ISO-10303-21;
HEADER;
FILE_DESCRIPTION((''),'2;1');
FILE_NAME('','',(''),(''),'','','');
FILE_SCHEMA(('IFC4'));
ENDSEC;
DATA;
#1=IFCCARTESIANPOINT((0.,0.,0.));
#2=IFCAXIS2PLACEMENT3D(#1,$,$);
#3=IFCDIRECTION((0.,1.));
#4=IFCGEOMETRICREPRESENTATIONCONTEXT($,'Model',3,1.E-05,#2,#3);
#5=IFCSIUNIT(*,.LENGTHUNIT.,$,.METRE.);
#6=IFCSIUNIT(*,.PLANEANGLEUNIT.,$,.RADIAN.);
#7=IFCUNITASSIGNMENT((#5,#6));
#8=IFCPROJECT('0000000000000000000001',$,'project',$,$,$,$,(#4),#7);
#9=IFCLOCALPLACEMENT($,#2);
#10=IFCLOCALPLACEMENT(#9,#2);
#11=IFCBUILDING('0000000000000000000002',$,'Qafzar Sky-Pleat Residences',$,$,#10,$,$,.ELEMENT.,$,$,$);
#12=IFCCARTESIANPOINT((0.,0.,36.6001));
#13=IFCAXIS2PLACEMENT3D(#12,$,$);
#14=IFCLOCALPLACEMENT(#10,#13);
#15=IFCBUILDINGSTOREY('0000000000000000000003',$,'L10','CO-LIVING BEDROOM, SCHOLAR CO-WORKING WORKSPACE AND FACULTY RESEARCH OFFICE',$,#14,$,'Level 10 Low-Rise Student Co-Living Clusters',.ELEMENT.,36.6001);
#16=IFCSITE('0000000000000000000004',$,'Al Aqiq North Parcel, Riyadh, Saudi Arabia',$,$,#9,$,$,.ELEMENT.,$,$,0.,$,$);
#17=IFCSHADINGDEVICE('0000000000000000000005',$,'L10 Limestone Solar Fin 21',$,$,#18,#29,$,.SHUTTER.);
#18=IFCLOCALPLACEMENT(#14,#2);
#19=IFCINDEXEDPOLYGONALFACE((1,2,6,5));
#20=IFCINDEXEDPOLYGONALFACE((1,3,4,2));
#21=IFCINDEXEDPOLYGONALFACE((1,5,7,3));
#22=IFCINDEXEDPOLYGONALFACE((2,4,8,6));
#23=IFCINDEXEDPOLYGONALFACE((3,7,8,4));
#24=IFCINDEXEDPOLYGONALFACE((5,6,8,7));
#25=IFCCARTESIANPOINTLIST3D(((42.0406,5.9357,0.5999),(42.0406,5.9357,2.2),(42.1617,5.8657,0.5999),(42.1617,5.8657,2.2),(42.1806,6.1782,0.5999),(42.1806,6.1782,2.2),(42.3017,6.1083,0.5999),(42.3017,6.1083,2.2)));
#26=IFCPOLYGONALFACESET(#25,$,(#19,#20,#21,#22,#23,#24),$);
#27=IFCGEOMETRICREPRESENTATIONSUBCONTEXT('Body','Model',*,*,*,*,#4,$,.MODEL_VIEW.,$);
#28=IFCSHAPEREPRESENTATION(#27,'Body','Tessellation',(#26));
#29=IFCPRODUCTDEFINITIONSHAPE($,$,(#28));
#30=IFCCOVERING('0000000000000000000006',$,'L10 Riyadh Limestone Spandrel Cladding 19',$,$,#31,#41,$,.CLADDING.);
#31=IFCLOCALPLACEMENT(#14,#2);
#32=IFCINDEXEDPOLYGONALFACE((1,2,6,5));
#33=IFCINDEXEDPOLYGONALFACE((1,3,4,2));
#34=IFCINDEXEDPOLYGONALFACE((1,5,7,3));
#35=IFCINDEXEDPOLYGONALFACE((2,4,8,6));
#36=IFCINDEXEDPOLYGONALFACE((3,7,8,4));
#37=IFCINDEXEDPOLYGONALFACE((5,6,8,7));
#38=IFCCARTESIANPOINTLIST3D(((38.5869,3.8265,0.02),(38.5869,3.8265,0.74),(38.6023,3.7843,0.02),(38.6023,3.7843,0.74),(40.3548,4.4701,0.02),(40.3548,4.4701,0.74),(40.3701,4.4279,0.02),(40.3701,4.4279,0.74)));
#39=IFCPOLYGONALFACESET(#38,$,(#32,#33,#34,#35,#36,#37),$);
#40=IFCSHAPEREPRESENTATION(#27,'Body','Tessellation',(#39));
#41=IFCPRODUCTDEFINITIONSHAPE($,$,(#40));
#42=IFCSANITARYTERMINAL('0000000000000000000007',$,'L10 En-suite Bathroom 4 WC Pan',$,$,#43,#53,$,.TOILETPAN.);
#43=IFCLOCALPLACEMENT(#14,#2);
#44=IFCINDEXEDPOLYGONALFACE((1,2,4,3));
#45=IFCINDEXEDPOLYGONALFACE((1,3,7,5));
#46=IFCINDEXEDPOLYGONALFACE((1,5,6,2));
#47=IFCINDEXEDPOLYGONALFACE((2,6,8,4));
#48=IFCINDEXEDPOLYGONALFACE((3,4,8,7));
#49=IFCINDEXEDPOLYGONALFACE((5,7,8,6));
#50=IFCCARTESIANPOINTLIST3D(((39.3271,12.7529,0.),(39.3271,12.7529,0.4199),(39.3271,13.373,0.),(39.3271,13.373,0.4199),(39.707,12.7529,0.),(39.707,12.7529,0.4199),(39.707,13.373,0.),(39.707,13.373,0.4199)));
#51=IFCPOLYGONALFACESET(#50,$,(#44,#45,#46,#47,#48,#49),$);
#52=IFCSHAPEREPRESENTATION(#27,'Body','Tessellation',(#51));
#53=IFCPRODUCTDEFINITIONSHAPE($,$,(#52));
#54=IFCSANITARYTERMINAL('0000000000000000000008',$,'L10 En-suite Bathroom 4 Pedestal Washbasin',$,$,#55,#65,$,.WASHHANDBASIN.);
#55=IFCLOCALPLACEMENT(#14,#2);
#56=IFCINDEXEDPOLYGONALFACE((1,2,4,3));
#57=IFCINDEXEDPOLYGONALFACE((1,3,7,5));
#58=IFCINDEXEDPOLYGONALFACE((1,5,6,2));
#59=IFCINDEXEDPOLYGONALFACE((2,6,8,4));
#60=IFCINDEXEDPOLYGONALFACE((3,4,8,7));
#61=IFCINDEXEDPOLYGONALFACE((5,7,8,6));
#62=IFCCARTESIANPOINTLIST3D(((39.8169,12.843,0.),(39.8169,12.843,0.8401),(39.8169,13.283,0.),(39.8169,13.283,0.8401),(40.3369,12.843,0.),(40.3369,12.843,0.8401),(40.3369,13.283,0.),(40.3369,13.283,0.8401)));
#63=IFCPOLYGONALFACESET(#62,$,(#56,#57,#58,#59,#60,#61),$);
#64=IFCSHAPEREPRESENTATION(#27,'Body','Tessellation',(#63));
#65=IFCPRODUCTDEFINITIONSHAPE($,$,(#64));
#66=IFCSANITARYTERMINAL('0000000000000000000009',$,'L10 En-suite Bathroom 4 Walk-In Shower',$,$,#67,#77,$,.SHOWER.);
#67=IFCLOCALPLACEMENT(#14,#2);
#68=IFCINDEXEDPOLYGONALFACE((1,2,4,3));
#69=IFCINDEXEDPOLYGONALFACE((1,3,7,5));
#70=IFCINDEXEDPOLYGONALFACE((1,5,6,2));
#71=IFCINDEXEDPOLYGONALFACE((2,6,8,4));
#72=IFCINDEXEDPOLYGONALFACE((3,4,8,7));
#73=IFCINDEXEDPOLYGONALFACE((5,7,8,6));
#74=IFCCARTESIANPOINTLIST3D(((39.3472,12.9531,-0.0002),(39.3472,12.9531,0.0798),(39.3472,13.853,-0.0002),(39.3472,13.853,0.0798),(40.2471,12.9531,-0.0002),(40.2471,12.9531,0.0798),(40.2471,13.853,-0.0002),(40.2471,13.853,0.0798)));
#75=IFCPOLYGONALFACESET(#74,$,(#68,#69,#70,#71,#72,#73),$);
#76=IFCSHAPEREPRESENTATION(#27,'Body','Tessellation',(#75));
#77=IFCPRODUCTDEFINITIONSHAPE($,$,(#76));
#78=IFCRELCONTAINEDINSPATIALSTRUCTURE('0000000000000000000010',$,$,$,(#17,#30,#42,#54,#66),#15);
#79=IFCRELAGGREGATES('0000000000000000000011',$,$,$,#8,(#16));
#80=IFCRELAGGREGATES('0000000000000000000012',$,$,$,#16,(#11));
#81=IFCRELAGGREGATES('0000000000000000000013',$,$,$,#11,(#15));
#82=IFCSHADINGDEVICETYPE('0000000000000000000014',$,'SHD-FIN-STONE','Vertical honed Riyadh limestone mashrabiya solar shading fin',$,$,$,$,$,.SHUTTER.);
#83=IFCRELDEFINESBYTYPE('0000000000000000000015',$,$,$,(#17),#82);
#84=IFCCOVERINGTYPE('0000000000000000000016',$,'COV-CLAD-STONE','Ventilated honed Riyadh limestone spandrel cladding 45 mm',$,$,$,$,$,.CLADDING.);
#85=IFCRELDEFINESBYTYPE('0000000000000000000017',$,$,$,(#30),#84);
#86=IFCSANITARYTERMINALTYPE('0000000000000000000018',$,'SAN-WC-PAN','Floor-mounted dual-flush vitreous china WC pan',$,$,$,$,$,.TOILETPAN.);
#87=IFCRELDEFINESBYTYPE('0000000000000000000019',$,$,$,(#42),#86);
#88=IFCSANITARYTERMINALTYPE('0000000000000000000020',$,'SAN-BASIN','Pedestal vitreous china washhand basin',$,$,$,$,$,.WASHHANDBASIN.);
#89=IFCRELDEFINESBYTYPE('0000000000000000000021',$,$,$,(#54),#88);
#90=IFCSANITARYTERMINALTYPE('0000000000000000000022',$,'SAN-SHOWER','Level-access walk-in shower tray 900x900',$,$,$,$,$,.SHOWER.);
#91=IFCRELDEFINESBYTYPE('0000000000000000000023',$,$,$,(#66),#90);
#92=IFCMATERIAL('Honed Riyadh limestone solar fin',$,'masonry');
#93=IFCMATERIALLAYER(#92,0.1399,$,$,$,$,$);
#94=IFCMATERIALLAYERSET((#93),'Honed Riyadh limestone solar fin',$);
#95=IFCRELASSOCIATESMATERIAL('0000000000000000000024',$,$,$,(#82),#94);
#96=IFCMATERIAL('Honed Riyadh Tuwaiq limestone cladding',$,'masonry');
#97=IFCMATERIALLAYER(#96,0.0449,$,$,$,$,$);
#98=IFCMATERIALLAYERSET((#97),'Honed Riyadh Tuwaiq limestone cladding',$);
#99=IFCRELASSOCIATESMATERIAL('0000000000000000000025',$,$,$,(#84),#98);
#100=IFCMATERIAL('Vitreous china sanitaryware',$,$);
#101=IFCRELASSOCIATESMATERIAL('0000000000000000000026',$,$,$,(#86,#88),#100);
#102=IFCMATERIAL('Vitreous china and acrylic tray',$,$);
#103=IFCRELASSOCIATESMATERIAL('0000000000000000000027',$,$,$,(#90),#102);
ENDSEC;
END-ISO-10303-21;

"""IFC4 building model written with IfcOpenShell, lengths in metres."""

from ifc_helpers import new_model, si_unit, direction, frame, origin, origin_2d, place, context, subcontext, project, spatial, rectangle, extrude, source, transform, mapped, material, layer, layer_set, type_object, element, save


model = new_model("IFC4")

# Units and contexts
model_context = context("Model", 3, precision=1e-05, world=origin(), true_north=direction((0.0, 1.0)))
body_context = subcontext(model_context, "Body", "Model", "MODEL_VIEW")
ifc_project = project(units=[si_unit("LENGTHUNIT", "METRE"), si_unit("PLANEANGLEUNIT", "RADIAN")], contexts=[model_context])

# Site, building, storey
site_placement = place(None, origin())
site = spatial("IfcSite", under=ifc_project, at=site_placement, Name="Al Aqiq North Parcel, Riyadh, Saudi Arabia", CompositionType="ELEMENT", RefElevation=0.0)
building_placement = place(site_placement, origin())
building = spatial("IfcBuilding", under=site, at=building_placement, Name="Qafzar Sky-Pleat Residences", CompositionType="ELEMENT")
storey_placement = place(building_placement, frame((0.0, 0.0, 36.6001)))
storey = spatial("IfcBuildingStorey", under=building, at=storey_placement, Name="L10", Description="CO-LIVING BEDROOM, SCHOLAR CO-WORKING WORKSPACE AND FACULTY RESEARCH OFFICE", LongName="Level 10 Low-Rise Student Co-Living Clusters", CompositionType="ELEMENT", Elevation=36.6001)

# Shading device
ifc_material_1 = material(Name="Honed Riyadh limestone solar fin", Category="masonry")
ifc_layer_1 = layer(ifc_material_1, 0.1399)
ifc_layer_set_1 = layer_set([ifc_layer_1], Name="Honed Riyadh limestone solar fin")
shading_device_type = type_object("IfcShadingDeviceType", Name="SHD-FIN-STONE", Description="Vertical honed Riyadh limestone mashrabiya solar shading fin", PredefinedType="SHUTTER", material=ifc_layer_set_1)
shared_shape_1 = source(origin(), body_context, "Body", "SweptSolid", [
    extrude(rectangle(XDim=0.1399, YDim=0.28, at=origin_2d()), origin(), (0.0, 0.0, 1.0), 1.6001),
])
shading_device_placement = place(storey_placement, frame((42.1711, 6.022, 0.5999), z_axis=(0.0, 0.0, 1.0), x_axis=(0.866044, -0.499967, 0.0)))
element("IfcShadingDevice", 1, at=shading_device_placement, inside=storey, type_object=shading_device_type, Name="L10 Limestone Solar Fin 21", PredefinedType="SHUTTER", context=body_context, shape_type="MappedRepresentation", body=[
    mapped(shared_shape_1, transform((0.0, 0.0, 0.0), x_axis=(1.0, 0.0, 0.0), y_axis=(0.0, 1.0, 0.0), z_axis=(0.0, 0.0, 1.0), scale=1.0)),
])

# Covering
ifc_material_2 = material(Name="Honed Riyadh Tuwaiq limestone cladding", Category="masonry")
ifc_layer_2 = layer(ifc_material_2, 0.0449)
ifc_layer_set_2 = layer_set([ifc_layer_2], Name="Honed Riyadh Tuwaiq limestone cladding")
covering_type = type_object("IfcCoveringType", Name="COV-CLAD-STONE", Description="Ventilated honed Riyadh limestone spandrel cladding 45 mm", PredefinedType="CLADDING", material=ifc_layer_set_2)
shared_shape_2 = source(origin(), body_context, "Body", "SweptSolid", [
    extrude(rectangle(XDim=1.8813, YDim=0.0449, at=origin_2d()), origin(), (0.0, 0.0, 1.0), 0.72),
])
covering_placement = place(storey_placement, frame((39.4785, 4.1272, 0.02), z_axis=(0.0, 0.0, 1.0), x_axis=(0.939679, 0.342058, 0.0)))
element("IfcCovering", 2, at=covering_placement, inside=storey, type_object=covering_type, Name="L10 Riyadh Limestone Spandrel Cladding 19", PredefinedType="CLADDING", context=body_context, shape_type="MappedRepresentation", body=[
    mapped(shared_shape_2, transform((0.0, 0.0, 0.0), x_axis=(1.0, 0.0, 0.0), y_axis=(0.0, 1.0, 0.0), z_axis=(0.0, 0.0, 1.0), scale=1.0)),
])

# Sanitary terminals
ifc_material_3 = material(Name="Vitreous china sanitaryware")
sanitary_terminal_type_1 = type_object("IfcSanitaryTerminalType", Name="SAN-WC-PAN", Description="Floor-mounted dual-flush vitreous china WC pan", PredefinedType="TOILETPAN", material=ifc_material_3)
shared_shape_3 = source(origin(), body_context, "Body", "SweptSolid", [
    extrude(rectangle(XDim=0.3799, YDim=0.6201, at=origin_2d()), origin(), (0.0, 0.0, 1.0), 0.4199),
])
sanitary_terminal_1_placement = place(storey_placement, frame((39.5171, 13.063, 0.0), z_axis=(0.0, 0.0, 1.0), x_axis=(1.0, 0.0, 0.0)))
element("IfcSanitaryTerminal", 3, at=sanitary_terminal_1_placement, inside=storey, type_object=sanitary_terminal_type_1, Name="L10 En-suite Bathroom 4 WC Pan", PredefinedType="TOILETPAN", context=body_context, shape_type="MappedRepresentation", body=[
    mapped(shared_shape_3, transform((0.0, 0.0, 0.0), x_axis=(1.0, 0.0, 0.0), y_axis=(0.0, 1.0, 0.0), z_axis=(0.0, 0.0, 1.0), scale=1.0)),
])
sanitary_terminal_type_2 = type_object("IfcSanitaryTerminalType", Name="SAN-BASIN", Description="Pedestal vitreous china washhand basin", PredefinedType="WASHHANDBASIN", material=ifc_material_3)
shared_shape_4 = source(origin(), body_context, "Body", "SweptSolid", [
    extrude(rectangle(XDim=0.52, YDim=0.4399, at=origin_2d()), origin(), (0.0, 0.0, 1.0), 0.8401),
])
sanitary_terminal_2_placement = place(storey_placement, frame((40.0769, 13.063, 0.0), z_axis=(0.0, 0.0, 1.0), x_axis=(1.0, 0.0, 0.0)))
element("IfcSanitaryTerminal", 4, at=sanitary_terminal_2_placement, inside=storey, type_object=sanitary_terminal_type_2, Name="L10 En-suite Bathroom 4 Pedestal Washbasin", PredefinedType="WASHHANDBASIN", context=body_context, shape_type="MappedRepresentation", body=[
    mapped(shared_shape_4, transform((0.0, 0.0, 0.0), x_axis=(1.0, 0.0, 0.0), y_axis=(0.0, 1.0, 0.0), z_axis=(0.0, 0.0, 1.0), scale=1.0)),
])
ifc_material_4 = material(Name="Vitreous china and acrylic tray")
sanitary_terminal_type_3 = type_object("IfcSanitaryTerminalType", Name="SAN-SHOWER", Description="Level-access walk-in shower tray 900x900", PredefinedType="SHOWER", material=ifc_material_4)
shared_shape_5 = source(origin(), body_context, "Body", "SweptSolid", [
    extrude(rectangle(XDim=0.8999, YDim=0.8999, at=origin_2d()), origin(), (0.0, 0.0, 1.0), 0.0801),
])
sanitary_terminal_3_placement = place(storey_placement, frame((39.7971, 13.4031, -0.0002), z_axis=(0.0, 0.0, 1.0), x_axis=(1.0, 0.0, 0.0)))
element("IfcSanitaryTerminal", 5, at=sanitary_terminal_3_placement, inside=storey, type_object=sanitary_terminal_type_3, Name="L10 En-suite Bathroom 4 Walk-In Shower", PredefinedType="SHOWER", context=body_context, shape_type="MappedRepresentation", body=[
    mapped(shared_shape_5, transform((0.0, 0.0, 0.0), x_axis=(1.0, 0.0, 0.0), y_axis=(0.0, 1.0, 0.0), z_axis=(0.0, 0.0, 1.0), scale=1.0)),
])

save(model, "model.ifc")
